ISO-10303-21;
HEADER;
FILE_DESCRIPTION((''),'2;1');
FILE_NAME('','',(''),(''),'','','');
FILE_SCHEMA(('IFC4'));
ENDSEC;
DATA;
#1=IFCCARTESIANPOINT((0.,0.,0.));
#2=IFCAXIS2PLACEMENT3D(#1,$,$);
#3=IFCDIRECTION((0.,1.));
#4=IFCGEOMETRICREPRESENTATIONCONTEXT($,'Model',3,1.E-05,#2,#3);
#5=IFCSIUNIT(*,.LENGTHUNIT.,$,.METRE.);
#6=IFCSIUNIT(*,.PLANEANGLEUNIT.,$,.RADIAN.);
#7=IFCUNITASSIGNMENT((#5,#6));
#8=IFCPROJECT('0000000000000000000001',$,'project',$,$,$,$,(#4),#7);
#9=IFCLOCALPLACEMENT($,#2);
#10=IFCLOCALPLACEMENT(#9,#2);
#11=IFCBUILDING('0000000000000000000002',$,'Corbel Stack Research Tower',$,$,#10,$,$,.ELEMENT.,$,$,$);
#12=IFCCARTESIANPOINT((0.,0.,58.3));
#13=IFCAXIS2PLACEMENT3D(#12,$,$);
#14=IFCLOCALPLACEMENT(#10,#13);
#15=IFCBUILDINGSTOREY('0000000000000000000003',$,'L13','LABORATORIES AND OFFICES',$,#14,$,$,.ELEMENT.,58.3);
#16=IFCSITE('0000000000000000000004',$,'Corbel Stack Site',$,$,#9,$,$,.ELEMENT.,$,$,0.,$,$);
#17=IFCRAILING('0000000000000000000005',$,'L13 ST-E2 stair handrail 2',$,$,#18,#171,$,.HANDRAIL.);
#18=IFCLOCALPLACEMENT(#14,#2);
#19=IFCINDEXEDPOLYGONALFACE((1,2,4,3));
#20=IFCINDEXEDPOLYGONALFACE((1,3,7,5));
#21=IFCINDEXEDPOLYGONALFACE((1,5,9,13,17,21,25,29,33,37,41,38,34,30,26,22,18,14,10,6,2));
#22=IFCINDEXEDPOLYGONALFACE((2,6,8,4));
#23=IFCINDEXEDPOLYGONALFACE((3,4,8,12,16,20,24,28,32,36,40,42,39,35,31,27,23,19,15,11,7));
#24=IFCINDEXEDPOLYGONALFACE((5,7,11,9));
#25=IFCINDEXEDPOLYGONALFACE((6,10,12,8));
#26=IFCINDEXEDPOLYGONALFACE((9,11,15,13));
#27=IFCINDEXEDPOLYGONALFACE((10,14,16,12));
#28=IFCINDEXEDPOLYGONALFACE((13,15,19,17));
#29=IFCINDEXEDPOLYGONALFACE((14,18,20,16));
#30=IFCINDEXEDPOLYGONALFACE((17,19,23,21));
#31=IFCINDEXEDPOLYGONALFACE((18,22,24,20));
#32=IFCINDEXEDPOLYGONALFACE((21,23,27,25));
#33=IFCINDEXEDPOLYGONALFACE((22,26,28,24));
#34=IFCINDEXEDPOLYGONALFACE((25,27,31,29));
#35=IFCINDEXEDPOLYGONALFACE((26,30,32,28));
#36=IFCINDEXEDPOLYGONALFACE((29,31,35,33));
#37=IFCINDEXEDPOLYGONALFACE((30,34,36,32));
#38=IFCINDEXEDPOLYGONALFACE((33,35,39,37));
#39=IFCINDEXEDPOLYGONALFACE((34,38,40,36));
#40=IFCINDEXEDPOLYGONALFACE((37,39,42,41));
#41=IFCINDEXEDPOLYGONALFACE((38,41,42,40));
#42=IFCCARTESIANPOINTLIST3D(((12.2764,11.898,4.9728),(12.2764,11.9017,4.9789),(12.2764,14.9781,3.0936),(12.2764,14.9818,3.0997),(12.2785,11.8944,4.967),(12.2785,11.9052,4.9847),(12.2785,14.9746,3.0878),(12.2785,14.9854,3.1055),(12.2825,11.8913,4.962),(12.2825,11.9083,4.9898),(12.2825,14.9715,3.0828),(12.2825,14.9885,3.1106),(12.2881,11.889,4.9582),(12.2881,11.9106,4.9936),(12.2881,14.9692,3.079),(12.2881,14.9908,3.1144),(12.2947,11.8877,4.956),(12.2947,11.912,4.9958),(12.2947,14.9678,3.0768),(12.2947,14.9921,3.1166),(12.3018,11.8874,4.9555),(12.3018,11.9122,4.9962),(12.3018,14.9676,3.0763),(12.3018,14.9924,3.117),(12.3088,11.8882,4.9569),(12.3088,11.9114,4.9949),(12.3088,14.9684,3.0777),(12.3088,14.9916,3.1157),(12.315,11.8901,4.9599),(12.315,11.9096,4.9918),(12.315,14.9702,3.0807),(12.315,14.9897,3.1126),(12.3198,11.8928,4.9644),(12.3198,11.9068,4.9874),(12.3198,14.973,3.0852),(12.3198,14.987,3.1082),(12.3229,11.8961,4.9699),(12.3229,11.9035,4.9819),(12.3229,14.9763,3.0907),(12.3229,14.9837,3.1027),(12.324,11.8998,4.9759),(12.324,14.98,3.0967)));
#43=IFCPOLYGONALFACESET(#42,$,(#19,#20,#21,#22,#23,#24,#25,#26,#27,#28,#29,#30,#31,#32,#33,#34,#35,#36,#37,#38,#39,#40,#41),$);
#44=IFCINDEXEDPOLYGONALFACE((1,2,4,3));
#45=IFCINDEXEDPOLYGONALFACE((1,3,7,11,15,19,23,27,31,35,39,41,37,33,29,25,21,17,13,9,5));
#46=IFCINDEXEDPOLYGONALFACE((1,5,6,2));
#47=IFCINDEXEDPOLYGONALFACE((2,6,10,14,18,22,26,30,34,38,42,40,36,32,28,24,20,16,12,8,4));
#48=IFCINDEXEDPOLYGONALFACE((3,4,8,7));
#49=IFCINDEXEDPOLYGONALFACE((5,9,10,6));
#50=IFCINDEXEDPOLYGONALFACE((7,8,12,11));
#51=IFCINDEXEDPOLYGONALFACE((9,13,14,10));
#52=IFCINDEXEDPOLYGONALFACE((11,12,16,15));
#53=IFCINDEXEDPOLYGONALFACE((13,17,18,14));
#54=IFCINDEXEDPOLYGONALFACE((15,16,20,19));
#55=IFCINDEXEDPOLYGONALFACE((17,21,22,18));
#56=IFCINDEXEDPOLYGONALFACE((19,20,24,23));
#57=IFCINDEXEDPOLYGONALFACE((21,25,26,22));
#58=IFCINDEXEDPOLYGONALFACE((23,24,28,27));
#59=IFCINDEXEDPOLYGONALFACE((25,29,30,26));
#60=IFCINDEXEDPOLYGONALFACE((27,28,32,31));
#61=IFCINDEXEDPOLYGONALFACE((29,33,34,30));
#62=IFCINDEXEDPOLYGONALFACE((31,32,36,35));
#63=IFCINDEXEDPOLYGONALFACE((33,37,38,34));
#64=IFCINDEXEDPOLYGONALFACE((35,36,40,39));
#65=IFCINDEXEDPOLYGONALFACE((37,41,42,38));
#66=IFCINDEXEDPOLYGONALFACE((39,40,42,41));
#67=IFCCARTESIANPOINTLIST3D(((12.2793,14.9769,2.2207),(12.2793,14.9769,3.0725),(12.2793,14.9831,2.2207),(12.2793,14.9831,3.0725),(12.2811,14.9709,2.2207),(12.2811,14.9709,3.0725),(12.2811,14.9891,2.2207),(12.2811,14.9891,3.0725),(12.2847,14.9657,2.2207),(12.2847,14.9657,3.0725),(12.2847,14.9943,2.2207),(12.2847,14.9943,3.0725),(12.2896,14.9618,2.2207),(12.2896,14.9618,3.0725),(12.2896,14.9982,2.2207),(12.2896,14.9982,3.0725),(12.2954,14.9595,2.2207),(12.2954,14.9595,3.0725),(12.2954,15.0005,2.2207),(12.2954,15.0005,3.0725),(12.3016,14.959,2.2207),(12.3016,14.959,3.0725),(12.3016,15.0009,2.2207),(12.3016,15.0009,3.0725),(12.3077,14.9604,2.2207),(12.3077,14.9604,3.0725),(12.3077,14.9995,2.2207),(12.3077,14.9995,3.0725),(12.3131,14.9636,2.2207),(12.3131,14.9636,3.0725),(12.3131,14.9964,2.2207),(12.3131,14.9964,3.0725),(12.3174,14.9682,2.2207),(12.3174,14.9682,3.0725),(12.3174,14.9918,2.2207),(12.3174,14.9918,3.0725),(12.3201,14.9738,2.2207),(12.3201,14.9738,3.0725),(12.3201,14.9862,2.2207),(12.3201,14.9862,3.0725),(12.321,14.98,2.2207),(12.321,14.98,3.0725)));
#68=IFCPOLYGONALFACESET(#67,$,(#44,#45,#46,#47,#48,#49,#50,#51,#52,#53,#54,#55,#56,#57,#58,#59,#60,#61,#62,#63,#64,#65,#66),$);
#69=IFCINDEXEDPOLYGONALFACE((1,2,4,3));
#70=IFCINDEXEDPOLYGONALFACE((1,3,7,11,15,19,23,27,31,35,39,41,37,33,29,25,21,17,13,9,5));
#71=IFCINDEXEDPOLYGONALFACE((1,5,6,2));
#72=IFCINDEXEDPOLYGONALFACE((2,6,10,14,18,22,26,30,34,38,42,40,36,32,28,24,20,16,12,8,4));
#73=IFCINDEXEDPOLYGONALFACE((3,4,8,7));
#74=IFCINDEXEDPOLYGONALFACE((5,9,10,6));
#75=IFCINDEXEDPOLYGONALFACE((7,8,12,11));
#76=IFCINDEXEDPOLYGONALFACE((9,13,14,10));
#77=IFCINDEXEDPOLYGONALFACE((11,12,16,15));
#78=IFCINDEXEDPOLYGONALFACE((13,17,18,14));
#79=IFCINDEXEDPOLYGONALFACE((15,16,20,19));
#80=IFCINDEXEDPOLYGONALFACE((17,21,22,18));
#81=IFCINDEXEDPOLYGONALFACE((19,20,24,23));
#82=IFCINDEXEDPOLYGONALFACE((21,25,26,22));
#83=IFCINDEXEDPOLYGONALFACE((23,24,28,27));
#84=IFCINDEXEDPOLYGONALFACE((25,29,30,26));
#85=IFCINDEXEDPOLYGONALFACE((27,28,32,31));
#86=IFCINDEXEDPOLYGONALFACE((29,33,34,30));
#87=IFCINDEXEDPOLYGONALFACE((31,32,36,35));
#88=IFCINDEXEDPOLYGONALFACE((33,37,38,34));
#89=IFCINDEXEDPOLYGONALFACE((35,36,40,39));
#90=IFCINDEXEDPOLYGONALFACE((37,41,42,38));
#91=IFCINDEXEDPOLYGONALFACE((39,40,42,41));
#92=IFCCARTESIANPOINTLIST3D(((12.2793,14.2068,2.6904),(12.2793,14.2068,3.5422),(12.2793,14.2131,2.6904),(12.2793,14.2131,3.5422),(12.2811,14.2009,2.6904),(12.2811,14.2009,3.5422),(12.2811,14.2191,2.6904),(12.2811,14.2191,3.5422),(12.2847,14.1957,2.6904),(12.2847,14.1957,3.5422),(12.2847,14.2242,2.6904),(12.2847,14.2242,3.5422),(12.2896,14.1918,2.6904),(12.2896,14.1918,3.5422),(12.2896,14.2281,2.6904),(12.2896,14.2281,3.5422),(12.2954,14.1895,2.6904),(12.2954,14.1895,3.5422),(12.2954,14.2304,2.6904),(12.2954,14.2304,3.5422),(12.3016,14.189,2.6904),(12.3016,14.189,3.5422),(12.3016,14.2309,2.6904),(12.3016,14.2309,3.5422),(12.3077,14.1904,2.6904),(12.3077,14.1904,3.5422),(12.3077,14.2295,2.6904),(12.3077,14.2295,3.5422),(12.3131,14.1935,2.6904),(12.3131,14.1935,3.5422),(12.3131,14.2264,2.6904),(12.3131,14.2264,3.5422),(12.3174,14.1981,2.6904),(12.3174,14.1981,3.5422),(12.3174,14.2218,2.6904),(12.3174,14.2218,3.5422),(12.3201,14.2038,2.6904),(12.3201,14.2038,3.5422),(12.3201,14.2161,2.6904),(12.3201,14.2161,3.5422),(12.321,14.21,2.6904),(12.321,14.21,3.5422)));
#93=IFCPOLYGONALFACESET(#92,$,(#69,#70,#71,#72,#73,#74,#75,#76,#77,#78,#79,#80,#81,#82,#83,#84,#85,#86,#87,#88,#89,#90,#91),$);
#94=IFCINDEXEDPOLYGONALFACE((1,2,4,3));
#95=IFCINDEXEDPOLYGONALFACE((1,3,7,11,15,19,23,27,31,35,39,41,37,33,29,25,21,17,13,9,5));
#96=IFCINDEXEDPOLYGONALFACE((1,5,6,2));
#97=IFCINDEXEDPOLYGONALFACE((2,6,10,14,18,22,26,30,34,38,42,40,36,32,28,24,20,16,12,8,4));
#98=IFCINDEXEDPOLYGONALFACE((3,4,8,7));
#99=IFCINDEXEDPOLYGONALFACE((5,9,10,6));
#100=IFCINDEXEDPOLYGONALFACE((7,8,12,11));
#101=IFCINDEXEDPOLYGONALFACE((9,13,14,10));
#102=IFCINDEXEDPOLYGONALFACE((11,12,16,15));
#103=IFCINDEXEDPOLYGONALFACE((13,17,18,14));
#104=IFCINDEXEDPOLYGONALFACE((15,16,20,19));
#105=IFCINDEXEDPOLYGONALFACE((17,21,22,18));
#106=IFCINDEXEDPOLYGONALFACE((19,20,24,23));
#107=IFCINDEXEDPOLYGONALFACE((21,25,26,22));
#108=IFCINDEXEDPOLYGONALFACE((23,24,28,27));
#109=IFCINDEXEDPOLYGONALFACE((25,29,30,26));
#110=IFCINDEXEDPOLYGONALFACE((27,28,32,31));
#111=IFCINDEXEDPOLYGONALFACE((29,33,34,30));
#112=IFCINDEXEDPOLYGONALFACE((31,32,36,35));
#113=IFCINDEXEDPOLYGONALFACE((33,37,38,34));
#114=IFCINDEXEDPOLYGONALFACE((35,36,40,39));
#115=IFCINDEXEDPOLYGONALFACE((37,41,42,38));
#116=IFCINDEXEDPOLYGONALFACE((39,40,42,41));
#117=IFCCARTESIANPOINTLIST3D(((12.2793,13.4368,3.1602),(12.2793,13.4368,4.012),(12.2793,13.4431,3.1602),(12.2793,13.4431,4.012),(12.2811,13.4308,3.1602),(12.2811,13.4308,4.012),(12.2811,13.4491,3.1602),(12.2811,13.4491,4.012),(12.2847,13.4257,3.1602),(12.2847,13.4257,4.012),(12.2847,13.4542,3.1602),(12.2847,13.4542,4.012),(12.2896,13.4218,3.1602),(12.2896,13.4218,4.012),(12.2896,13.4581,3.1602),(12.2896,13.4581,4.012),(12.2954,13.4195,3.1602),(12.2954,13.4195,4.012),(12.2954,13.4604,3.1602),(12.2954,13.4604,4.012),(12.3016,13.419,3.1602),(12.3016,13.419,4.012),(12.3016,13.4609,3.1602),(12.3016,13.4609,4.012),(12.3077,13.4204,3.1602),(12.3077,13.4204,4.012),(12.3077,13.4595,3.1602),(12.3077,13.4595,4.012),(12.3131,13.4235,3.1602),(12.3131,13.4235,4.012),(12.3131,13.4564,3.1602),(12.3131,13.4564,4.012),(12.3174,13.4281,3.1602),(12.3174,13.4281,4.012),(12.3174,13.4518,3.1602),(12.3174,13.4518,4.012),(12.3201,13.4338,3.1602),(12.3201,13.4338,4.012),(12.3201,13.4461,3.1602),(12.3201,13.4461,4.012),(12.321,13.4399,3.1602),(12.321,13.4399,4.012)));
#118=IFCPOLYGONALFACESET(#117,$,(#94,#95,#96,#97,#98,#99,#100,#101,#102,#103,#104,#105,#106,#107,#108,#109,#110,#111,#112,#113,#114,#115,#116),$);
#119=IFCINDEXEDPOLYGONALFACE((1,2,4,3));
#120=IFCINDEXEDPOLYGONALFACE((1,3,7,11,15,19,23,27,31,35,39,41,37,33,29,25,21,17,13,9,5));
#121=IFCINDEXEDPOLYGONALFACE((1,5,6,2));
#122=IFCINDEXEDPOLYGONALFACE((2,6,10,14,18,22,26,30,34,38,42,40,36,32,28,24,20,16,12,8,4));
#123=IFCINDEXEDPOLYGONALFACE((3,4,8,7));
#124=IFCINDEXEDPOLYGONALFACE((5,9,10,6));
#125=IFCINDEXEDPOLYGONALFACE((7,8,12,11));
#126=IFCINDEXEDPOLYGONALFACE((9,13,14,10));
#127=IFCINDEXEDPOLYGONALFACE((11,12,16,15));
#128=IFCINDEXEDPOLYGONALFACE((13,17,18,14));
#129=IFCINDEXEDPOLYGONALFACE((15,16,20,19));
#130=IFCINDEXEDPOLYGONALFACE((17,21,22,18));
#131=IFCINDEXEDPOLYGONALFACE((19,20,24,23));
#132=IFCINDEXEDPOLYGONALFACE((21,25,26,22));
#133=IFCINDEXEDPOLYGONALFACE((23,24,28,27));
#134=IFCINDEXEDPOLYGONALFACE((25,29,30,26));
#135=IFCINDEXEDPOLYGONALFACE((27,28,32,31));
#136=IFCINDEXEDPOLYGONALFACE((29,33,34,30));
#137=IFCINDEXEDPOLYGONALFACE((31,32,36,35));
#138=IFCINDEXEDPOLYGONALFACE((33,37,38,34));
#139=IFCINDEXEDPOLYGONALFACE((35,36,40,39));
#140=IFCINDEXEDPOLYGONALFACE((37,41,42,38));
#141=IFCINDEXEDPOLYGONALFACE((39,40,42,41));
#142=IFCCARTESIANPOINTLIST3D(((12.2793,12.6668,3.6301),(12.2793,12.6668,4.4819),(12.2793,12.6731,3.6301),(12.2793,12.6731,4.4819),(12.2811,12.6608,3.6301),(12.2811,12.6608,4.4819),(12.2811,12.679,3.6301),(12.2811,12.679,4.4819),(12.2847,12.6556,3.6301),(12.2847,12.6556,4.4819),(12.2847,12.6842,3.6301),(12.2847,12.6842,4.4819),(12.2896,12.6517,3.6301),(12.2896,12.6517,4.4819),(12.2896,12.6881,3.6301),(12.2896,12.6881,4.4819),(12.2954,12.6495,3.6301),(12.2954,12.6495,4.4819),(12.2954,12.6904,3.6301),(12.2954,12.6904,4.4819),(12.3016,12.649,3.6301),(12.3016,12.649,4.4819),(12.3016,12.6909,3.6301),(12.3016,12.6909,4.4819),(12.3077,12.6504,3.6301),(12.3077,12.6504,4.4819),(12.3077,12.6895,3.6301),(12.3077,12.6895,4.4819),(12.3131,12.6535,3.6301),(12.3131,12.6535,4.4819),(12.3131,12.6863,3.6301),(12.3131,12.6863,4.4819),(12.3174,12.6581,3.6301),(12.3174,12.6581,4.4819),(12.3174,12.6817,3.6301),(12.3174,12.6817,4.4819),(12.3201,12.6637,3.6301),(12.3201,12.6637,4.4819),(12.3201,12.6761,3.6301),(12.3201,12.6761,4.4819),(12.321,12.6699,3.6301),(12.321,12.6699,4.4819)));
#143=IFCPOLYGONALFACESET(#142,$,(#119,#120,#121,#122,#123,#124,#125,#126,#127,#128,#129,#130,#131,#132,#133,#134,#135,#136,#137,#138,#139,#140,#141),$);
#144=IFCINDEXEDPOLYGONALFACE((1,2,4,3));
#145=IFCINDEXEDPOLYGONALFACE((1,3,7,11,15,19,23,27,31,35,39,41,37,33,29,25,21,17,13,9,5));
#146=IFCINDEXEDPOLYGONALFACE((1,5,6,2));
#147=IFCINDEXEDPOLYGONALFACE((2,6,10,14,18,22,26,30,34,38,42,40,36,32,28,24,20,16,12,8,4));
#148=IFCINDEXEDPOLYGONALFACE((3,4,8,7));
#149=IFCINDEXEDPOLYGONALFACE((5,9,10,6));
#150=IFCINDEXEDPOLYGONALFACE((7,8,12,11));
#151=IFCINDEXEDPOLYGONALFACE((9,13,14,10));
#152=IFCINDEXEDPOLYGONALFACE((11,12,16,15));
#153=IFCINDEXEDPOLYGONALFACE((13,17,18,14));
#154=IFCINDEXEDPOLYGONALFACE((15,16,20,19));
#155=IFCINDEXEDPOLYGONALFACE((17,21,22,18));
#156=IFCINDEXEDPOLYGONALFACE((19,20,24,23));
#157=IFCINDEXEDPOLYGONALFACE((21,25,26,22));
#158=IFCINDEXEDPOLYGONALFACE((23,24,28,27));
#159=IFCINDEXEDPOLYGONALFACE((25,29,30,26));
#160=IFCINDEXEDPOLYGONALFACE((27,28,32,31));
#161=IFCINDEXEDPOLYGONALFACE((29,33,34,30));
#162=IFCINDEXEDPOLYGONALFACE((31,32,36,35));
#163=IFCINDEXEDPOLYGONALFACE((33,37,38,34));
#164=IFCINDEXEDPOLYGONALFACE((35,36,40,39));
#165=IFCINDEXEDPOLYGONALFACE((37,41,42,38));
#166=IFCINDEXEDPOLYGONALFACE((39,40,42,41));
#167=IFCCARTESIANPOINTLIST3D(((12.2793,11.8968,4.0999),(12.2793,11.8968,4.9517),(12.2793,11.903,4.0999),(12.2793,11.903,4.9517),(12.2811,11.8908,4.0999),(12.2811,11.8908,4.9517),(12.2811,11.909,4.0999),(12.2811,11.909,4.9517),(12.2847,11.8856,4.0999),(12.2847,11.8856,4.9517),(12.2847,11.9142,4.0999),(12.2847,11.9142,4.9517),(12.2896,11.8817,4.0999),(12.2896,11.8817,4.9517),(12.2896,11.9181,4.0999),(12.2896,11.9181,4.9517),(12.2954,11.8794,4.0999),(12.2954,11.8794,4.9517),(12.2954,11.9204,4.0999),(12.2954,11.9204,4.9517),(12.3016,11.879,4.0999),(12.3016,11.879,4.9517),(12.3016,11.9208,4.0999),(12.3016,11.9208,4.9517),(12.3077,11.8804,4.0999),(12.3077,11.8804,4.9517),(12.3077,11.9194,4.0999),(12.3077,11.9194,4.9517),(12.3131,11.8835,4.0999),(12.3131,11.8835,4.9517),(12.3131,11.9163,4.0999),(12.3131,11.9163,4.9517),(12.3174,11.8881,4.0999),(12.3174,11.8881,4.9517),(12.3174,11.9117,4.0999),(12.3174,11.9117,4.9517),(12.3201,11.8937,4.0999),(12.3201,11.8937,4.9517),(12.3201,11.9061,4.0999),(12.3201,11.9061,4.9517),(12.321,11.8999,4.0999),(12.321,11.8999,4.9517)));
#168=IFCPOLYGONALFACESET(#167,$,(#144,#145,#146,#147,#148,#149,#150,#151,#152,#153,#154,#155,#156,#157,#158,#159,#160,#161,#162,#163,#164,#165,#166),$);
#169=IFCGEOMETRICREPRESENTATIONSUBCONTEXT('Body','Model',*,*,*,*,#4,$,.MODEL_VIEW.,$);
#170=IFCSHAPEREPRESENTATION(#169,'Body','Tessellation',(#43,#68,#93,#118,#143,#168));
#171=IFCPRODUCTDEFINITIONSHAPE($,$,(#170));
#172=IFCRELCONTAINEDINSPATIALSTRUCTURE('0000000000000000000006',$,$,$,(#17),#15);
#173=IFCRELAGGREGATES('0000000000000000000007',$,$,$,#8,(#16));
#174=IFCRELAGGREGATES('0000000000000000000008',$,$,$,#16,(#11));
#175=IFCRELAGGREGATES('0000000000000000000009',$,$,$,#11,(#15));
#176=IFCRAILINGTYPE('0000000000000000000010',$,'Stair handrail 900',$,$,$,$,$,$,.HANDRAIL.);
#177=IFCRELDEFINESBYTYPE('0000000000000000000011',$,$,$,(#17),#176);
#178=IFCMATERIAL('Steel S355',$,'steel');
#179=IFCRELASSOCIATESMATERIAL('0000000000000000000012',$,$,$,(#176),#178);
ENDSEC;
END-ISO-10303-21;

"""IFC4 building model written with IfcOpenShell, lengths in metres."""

from ifc_helpers import new_model, si_unit, direction, frame, origin, origin_2d, place, context, subcontext, project, spatial, circle, extrude, material, type_object, element, save


model = new_model("IFC4")

# Units and contexts
model_context = context("Model", 3, precision=1e-05, world=origin(), true_north=direction((0.0, 1.0)))
body_context = subcontext(model_context, "Body", "Model", "MODEL_VIEW")
ifc_project = project(units=[si_unit("LENGTHUNIT", "METRE"), si_unit("PLANEANGLEUNIT", "RADIAN")], contexts=[model_context])

# Site, building, storey
site_placement = place(None, origin())
site = spatial("IfcSite", under=ifc_project, at=site_placement, Name="Corbel Stack Site", CompositionType="ELEMENT", RefElevation=0.0)
building_placement = place(site_placement, origin())
building = spatial("IfcBuilding", under=site, at=building_placement, Name="Corbel Stack Research Tower", CompositionType="ELEMENT")
storey_placement = place(building_placement, frame((0.0, 0.0, 58.3)))
storey = spatial("IfcBuildingStorey", under=building, at=storey_placement, Name="L13", Description="LABORATORIES AND OFFICES", CompositionType="ELEMENT", Elevation=58.3)

# Railing
ifc_material_1 = material(Name="Steel S355", Category="steel")
railing_type_1 = type_object("IfcRailingType", Name="Stair handrail 900", PredefinedType="HANDRAIL", material=ifc_material_1)
railing_1_placement = place(storey_placement, frame((12.3, 14.98, 2.2207)))
element("IfcRailing", 1, at=railing_1_placement, inside=storey, type_object=railing_type_1, Name="L13 ST-E2 stair handrail 2", PredefinedType="HANDRAIL", context=body_context, shape_type="SweptSolid", body=[
    extrude(circle(Radius=0.0239, at=origin_2d()), frame((0.0, 0.0, 0.876), z_axis=(0.0, -0.853666, 0.52082), x_axis=(1.0, 0.0, 0.0)), (0.0, 0.0, 1.0), 3.6082),
    extrude(circle(Radius=0.021, at=origin_2d()), origin(), (0.0, 0.0, 1.0), 0.8518),
    extrude(circle(Radius=0.021, at=origin_2d()), frame((0.0, -0.77, 0.4697)), (0.0, 0.0, 1.0), 0.8518),
    extrude(circle(Radius=0.021, at=origin_2d()), frame((0.0, -1.54, 0.9395)), (0.0, 0.0, 1.0), 0.8518),
    extrude(circle(Radius=0.021, at=origin_2d()), frame((0.0, -2.3101, 1.4094)), (0.0, 0.0, 1.0), 0.8518),
    extrude(circle(Radius=0.021, at=origin_2d()), frame((0.0, -3.0801, 1.8792)), (0.0, 0.0, 1.0), 0.8518),
])

save(model, "model.ifc")
